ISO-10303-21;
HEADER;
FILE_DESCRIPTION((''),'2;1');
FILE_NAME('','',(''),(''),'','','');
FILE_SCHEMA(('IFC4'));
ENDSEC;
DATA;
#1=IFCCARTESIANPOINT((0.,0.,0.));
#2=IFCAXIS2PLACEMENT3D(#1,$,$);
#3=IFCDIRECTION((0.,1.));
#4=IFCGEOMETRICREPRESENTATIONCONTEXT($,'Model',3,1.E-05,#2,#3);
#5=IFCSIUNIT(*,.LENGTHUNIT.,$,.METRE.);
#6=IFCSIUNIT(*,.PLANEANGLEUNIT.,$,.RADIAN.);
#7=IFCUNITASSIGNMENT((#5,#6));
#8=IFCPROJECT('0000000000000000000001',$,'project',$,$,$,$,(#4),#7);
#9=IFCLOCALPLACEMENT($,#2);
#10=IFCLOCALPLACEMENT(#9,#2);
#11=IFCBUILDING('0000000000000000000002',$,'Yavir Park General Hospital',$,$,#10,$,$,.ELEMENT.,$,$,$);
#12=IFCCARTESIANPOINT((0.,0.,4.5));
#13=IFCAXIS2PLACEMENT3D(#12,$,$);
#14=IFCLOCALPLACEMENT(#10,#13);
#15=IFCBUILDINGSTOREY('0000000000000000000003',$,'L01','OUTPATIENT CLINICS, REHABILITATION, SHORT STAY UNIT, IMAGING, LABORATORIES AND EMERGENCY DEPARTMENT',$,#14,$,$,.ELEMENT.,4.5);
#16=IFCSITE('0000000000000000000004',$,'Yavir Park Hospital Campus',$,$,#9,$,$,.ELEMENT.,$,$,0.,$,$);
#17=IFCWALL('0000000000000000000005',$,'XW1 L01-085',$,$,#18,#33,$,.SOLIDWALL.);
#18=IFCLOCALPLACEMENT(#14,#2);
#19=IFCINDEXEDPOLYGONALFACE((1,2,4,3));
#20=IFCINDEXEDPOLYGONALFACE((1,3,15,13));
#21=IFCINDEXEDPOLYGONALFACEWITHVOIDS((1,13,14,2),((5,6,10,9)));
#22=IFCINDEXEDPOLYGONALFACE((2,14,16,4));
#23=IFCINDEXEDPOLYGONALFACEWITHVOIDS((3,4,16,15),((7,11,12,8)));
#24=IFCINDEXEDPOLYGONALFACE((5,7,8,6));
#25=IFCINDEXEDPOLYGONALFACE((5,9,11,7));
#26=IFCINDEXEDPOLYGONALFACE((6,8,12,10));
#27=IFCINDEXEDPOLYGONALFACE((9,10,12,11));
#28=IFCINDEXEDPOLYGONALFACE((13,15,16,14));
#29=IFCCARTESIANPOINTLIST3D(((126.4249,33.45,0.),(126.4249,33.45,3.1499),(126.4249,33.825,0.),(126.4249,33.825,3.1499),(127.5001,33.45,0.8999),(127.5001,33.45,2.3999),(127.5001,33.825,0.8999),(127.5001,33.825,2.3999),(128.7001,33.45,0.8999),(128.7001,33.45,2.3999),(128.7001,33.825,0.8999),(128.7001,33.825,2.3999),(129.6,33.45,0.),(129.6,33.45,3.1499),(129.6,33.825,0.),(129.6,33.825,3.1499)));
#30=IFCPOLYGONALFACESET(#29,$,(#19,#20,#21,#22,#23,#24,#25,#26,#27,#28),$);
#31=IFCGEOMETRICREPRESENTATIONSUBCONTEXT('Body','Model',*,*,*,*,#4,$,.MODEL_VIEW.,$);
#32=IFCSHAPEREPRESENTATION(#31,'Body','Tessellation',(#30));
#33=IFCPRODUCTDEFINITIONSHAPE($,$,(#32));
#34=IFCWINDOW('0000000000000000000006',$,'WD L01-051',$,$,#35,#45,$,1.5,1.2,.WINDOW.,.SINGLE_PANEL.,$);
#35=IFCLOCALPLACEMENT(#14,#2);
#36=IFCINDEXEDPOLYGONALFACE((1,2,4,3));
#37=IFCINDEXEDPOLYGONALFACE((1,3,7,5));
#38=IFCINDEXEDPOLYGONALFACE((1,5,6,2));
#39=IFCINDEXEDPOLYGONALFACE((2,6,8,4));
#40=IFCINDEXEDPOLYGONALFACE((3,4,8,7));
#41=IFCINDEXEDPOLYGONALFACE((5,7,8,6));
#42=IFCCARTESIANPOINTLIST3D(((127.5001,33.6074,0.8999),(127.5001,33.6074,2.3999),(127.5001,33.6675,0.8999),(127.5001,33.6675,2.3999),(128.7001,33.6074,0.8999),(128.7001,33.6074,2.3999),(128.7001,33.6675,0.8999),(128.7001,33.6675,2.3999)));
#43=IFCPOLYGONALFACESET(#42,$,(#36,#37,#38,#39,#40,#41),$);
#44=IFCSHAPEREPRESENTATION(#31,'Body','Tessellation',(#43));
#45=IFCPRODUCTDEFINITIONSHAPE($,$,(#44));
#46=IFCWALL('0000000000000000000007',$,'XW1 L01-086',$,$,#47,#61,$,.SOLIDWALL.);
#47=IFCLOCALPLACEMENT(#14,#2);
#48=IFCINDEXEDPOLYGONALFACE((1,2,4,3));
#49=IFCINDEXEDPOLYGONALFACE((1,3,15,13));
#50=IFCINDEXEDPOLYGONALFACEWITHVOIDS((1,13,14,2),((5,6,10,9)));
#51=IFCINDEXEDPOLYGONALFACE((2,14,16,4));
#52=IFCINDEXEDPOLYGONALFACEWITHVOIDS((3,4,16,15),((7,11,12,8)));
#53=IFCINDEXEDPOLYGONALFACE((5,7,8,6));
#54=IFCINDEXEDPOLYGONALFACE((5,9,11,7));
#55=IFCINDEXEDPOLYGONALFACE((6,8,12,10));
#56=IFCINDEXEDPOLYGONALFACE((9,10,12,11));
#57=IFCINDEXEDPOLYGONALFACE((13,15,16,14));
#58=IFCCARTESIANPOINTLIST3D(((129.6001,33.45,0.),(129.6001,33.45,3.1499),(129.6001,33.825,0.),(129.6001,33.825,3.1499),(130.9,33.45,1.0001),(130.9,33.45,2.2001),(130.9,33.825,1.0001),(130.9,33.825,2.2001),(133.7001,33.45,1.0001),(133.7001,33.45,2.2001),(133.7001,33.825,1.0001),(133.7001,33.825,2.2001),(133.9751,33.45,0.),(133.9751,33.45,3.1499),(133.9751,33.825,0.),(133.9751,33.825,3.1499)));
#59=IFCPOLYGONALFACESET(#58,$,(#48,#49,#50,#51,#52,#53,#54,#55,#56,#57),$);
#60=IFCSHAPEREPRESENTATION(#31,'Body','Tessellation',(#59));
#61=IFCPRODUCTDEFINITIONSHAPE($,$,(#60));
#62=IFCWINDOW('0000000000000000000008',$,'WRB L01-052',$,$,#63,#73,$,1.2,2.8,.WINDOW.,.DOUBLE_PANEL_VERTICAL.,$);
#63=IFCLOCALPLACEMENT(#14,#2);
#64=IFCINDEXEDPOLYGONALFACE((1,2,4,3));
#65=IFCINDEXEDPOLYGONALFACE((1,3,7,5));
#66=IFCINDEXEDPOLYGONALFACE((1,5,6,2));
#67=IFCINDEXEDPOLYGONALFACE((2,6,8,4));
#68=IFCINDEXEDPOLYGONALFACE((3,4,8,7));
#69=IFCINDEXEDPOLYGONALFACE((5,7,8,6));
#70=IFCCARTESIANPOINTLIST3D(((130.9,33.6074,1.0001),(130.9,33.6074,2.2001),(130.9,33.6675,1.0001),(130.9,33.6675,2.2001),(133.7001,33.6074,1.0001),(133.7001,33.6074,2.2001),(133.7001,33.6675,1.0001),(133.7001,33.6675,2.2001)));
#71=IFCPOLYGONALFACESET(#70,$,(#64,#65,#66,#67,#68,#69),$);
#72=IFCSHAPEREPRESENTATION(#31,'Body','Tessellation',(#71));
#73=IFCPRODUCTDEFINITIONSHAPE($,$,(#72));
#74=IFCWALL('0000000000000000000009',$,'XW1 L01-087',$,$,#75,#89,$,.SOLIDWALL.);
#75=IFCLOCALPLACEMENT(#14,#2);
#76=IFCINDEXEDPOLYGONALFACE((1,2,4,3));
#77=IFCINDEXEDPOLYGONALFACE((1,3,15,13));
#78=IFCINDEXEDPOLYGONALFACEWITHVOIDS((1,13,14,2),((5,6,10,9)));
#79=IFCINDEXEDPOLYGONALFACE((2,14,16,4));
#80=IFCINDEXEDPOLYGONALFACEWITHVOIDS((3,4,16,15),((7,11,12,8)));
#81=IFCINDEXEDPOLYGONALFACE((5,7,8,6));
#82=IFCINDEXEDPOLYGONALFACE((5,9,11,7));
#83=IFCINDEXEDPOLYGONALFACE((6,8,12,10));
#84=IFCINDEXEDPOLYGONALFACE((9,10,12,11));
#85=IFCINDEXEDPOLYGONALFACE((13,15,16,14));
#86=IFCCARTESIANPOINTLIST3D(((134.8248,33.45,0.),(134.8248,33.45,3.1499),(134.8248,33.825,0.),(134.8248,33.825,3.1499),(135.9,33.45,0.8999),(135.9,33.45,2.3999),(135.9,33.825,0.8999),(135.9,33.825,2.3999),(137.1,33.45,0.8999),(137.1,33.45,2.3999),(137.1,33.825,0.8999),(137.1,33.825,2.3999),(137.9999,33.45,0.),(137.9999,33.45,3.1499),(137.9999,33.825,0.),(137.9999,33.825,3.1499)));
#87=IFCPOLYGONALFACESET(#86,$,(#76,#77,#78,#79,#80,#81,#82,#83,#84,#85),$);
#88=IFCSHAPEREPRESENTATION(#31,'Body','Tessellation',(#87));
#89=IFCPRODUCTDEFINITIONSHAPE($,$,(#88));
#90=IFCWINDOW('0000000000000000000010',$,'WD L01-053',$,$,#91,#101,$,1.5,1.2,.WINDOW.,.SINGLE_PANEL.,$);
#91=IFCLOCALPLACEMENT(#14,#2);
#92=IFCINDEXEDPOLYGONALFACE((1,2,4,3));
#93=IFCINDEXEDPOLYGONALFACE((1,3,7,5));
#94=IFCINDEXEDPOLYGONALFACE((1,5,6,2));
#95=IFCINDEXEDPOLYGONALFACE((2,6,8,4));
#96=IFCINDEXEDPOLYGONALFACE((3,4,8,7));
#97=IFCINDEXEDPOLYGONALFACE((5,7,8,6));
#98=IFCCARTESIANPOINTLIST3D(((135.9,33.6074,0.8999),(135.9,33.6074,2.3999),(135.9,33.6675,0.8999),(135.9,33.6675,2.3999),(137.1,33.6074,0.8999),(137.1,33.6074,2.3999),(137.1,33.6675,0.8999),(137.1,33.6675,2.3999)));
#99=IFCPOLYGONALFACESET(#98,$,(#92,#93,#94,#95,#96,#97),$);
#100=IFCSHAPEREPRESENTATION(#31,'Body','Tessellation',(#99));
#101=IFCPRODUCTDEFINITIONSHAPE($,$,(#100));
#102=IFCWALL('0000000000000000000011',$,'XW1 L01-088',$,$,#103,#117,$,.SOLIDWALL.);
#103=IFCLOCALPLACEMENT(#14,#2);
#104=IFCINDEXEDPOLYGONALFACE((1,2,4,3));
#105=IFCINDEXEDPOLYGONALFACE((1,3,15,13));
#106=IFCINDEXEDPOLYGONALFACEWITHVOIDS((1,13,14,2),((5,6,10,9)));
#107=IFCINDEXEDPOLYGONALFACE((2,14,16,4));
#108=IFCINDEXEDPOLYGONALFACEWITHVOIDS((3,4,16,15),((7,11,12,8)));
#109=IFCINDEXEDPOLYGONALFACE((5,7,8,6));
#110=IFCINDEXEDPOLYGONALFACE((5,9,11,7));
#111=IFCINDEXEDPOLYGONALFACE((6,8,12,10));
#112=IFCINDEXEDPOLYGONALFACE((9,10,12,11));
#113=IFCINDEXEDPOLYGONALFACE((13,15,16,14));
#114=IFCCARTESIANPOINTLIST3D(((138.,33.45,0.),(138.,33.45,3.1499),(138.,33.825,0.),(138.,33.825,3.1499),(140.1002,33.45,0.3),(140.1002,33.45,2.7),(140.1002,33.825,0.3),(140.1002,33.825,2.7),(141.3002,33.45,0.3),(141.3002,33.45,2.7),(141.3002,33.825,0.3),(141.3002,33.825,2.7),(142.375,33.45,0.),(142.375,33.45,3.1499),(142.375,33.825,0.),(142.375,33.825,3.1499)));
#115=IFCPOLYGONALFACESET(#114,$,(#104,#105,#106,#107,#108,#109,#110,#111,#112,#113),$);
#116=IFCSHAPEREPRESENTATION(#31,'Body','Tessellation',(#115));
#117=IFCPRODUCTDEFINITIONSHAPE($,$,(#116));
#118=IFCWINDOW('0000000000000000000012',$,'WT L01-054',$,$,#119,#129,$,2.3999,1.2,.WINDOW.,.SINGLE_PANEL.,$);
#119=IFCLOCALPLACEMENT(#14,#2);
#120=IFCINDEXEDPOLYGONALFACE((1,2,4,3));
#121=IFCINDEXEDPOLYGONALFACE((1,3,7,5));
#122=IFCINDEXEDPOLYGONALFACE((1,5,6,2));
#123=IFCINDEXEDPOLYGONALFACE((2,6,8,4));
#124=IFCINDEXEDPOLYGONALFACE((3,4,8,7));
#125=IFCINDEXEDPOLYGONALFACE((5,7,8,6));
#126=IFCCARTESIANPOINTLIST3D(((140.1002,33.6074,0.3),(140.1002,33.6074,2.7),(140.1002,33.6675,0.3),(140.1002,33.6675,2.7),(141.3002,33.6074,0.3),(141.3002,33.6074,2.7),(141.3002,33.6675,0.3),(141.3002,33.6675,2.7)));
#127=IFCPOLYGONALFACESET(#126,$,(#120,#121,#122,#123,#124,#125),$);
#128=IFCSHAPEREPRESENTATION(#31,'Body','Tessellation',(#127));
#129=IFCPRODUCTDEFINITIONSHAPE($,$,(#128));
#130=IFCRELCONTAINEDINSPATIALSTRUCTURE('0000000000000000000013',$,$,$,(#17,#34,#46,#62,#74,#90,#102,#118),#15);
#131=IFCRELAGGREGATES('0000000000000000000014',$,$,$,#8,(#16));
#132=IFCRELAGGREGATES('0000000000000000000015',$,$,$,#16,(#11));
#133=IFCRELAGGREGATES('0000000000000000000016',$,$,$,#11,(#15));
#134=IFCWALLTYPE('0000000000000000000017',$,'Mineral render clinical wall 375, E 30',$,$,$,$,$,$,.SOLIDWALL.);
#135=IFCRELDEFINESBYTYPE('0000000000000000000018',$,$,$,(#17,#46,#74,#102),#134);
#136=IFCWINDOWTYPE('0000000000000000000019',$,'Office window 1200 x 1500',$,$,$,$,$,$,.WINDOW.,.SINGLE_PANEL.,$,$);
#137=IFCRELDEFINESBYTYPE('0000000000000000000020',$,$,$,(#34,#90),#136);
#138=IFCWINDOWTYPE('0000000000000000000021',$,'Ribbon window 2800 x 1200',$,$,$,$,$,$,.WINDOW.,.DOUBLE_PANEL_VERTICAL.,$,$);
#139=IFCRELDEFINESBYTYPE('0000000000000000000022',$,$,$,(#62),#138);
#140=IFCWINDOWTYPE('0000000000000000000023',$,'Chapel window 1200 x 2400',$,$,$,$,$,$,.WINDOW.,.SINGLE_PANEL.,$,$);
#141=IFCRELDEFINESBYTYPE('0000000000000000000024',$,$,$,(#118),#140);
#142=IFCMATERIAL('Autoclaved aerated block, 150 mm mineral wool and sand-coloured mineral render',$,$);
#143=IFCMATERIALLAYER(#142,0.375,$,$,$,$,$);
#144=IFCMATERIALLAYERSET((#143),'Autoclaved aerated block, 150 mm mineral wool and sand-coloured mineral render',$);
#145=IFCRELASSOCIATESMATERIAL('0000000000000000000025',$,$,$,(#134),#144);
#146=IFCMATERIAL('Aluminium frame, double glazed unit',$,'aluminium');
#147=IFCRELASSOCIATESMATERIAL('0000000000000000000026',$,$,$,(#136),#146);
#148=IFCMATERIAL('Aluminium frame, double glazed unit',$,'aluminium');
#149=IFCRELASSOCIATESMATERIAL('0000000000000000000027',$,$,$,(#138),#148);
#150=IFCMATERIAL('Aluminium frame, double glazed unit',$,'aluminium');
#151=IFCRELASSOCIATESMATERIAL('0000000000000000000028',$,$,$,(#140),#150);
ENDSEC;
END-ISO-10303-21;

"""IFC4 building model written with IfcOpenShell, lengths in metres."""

from ifc_helpers import new_model, si_unit, direction, frame, frame_2d, origin, place, context, subcontext, project, spatial, rectangle, extrude, material, layer, layer_set, type_object, element, fill, save


model = new_model("IFC4")

# Units and contexts
model_context = context("Model", 3, precision=1e-05, world=origin(), true_north=direction((0.0, 1.0)))
body_context = subcontext(model_context, "Body", "Model", "MODEL_VIEW")
ifc_project = project(units=[si_unit("LENGTHUNIT", "METRE"), si_unit("PLANEANGLEUNIT", "RADIAN")], contexts=[model_context])

# Site, building, storey
site_placement = place(None, origin())
site = spatial("IfcSite", under=ifc_project, at=site_placement, Name="Yavir Park Hospital Campus", CompositionType="ELEMENT", RefElevation=0.0)
building_placement = place(site_placement, origin())
building = spatial("IfcBuilding", under=site, at=building_placement, Name="Yavir Park General Hospital", CompositionType="ELEMENT")
storey_placement = place(building_placement, frame((0.0, 0.0, 4.5)))
storey = spatial("IfcBuildingStorey", under=building, at=storey_placement, Name="L01", Description="OUTPATIENT CLINICS, REHABILITATION, SHORT STAY UNIT, IMAGING, LABORATORIES AND EMERGENCY DEPARTMENT", CompositionType="ELEMENT", Elevation=4.5)

# Walls, openings, windows
ifc_material_1 = material(Name="Autoclaved aerated block, 150 mm mineral wool and sand-coloured mineral render")
ifc_layer_1 = layer(ifc_material_1, 0.375)
ifc_layer_set_1 = layer_set([ifc_layer_1], Name="Autoclaved aerated block, 150 mm mineral wool and sand-coloured mineral render")
wall_type_1 = type_object("IfcWallType", Name="Mineral render clinical wall 375, E 30", PredefinedType="SOLIDWALL", material=ifc_layer_set_1)
wall_1_placement = place(storey_placement, frame((126.425, 33.6375, 0.0), z_axis=(0.0, 0.0, 1.0), x_axis=(1.0, 0.0, 0.0)))
wall_1 = element("IfcWall", 1, at=wall_1_placement, inside=storey, type_object=wall_type_1, Name="XW1 L01-085", PredefinedType="SOLIDWALL", context=body_context, shape_type="SweptSolid", body=[
    extrude(rectangle(XDim=3.175, YDim=0.375, at=frame_2d((1.5874, 0.0))), origin(), (0.0, 0.0, 1.0), 3.1499),
])
opening_1_placement = place(wall_1_placement, frame((1.075, 0.0, 0.8999)))
opening_1 = element("IfcOpeningElement", 2, at=opening_1_placement, cuts=wall_1, PredefinedType="OPENING", context=body_context, shape_type="SweptSolid", body=[
    extrude(rectangle(XDim=1.2, YDim=1.5, at=frame_2d((0.6001, 0.75))), frame((0.0, 0.1975, 0.0), z_axis=(0.0, -1.0, 0.0), x_axis=(1.0, 0.0, 0.0)), (0.0, 0.0, 1.0), 0.395),
])
ifc_material_2 = material(Name="Aluminium frame, double glazed unit", Category="aluminium")
window_type_1 = type_object("IfcWindowType", Name="Office window 1200 x 1500", PartitioningType="SINGLE_PANEL", PredefinedType="WINDOW", material=ifc_material_2)
window_1_placement = place(opening_1_placement, origin())
window_1 = element("IfcWindow", 3, at=window_1_placement, inside=storey, type_object=window_type_1, Name="WD L01-051", OverallHeight=1.5, OverallWidth=1.2, PartitioningType="SINGLE_PANEL", PredefinedType="WINDOW", context=body_context, shape_type="SweptSolid", body=[
    extrude(rectangle(XDim=1.2, YDim=1.5, at=frame_2d((0.6001, 0.75))), frame((0.0, 0.03, 0.0), z_axis=(0.0, -1.0, 0.0), x_axis=(1.0, 0.0, 0.0)), (0.0, 0.0, 1.0), 0.0601),
])
fill(opening_1, window_1)
wall_2_placement = place(storey_placement, frame((129.6001, 33.6375, 0.0), z_axis=(0.0, 0.0, 1.0), x_axis=(1.0, 0.0, 0.0)))
wall_2 = element("IfcWall", 4, at=wall_2_placement, inside=storey, type_object=wall_type_1, Name="XW1 L01-086", PredefinedType="SOLIDWALL", context=body_context, shape_type="SweptSolid", body=[
    extrude(rectangle(XDim=4.375, YDim=0.375, at=frame_2d((2.1875, 0.0))), origin(), (0.0, 0.0, 1.0), 3.1499),
])
opening_2_placement = place(wall_2_placement, frame((1.3, 0.0, 1.0)))
opening_2 = element("IfcOpeningElement", 5, at=opening_2_placement, cuts=wall_2, PredefinedType="OPENING", context=body_context, shape_type="SweptSolid", body=[
    extrude(rectangle(XDim=2.8, YDim=1.2, at=frame_2d((1.3999, 0.6001))), frame((0.0, 0.1975, 0.0), z_axis=(0.0, -1.0, 0.0), x_axis=(1.0, 0.0, 0.0)), (0.0, 0.0, 1.0), 0.395),
])
ifc_material_3 = material(Name="Aluminium frame, double glazed unit", Category="aluminium")
window_type_2 = type_object("IfcWindowType", Name="Ribbon window 2800 x 1200", PartitioningType="DOUBLE_PANEL_VERTICAL", PredefinedType="WINDOW", material=ifc_material_3)
window_2_placement = place(opening_2_placement, origin())
window_2 = element("IfcWindow", 6, at=window_2_placement, inside=storey, type_object=window_type_2, Name="WRB L01-052", OverallHeight=1.2, OverallWidth=2.8, PartitioningType="DOUBLE_PANEL_VERTICAL", PredefinedType="WINDOW", context=body_context, shape_type="SweptSolid", body=[
    extrude(rectangle(XDim=2.8, YDim=1.2, at=frame_2d((1.3999, 0.6001))), frame((0.0, 0.03, 0.0), z_axis=(0.0, -1.0, 0.0), x_axis=(1.0, 0.0, 0.0)), (0.0, 0.0, 1.0), 0.0601),
])
fill(opening_2, window_2)
wall_3_placement = place(storey_placement, frame((134.825, 33.6375, 0.0), z_axis=(0.0, 0.0, 1.0), x_axis=(1.0, 0.0, 0.0)))
wall_3 = element("IfcWall", 7, at=wall_3_placement, inside=storey, type_object=wall_type_1, Name="XW1 L01-087", PredefinedType="SOLIDWALL", context=body_context, shape_type="SweptSolid", body=[
    extrude(rectangle(XDim=3.175, YDim=0.375, at=frame_2d((1.5874, 0.0))), origin(), (0.0, 0.0, 1.0), 3.1499),
])
opening_3_placement = place(wall_3_placement, frame((1.075, 0.0, 0.8999)))
opening_3 = element("IfcOpeningElement", 8, at=opening_3_placement, cuts=wall_3, PredefinedType="OPENING", context=body_context, shape_type="SweptSolid", body=[
    extrude(rectangle(XDim=1.2, YDim=1.5, at=frame_2d((0.6001, 0.75))), frame((0.0, 0.1975, 0.0), z_axis=(0.0, -1.0, 0.0), x_axis=(1.0, 0.0, 0.0)), (0.0, 0.0, 1.0), 0.395),
])
window_3_placement = place(opening_3_placement, origin())
window_3 = element("IfcWindow", 9, at=window_3_placement, inside=storey, type_object=window_type_1, Name="WD L01-053", OverallHeight=1.5, OverallWidth=1.2, PartitioningType="SINGLE_PANEL", PredefinedType="WINDOW", context=body_context, shape_type="SweptSolid", body=[
    extrude(rectangle(XDim=1.2, YDim=1.5, at=frame_2d((0.6001, 0.75))), frame((0.0, 0.03, 0.0), z_axis=(0.0, -1.0, 0.0), x_axis=(1.0, 0.0, 0.0)), (0.0, 0.0, 1.0), 0.0601),
])
fill(opening_3, window_3)
wall_4_placement = place(storey_placement, frame((138.0, 33.6375, 0.0), z_axis=(0.0, 0.0, 1.0), x_axis=(1.0, 0.0, 0.0)))
wall_4 = element("IfcWall", 10, at=wall_4_placement, inside=storey, type_object=wall_type_1, Name="XW1 L01-088", PredefinedType="SOLIDWALL", context=body_context, shape_type="SweptSolid", body=[
    extrude(rectangle(XDim=4.375, YDim=0.375, at=frame_2d((2.1875, 0.0))), origin(), (0.0, 0.0, 1.0), 3.1499),
])
opening_4_placement = place(wall_4_placement, frame((2.1001, 0.0, 0.3)))
opening_4 = element("IfcOpeningElement", 11, at=opening_4_placement, cuts=wall_4, PredefinedType="OPENING", context=body_context, shape_type="SweptSolid", body=[
    extrude(rectangle(XDim=1.2, YDim=2.3999, at=frame_2d((0.6001, 1.2))), frame((0.0, 0.1975, 0.0), z_axis=(0.0, -1.0, 0.0), x_axis=(1.0, 0.0, 0.0)), (0.0, 0.0, 1.0), 0.395),
])
ifc_material_4 = material(Name="Aluminium frame, double glazed unit", Category="aluminium")
window_type_3 = type_object("IfcWindowType", Name="Chapel window 1200 x 2400", PartitioningType="SINGLE_PANEL", PredefinedType="WINDOW", material=ifc_material_4)
window_4_placement = place(opening_4_placement, origin())
window_4 = element("IfcWindow", 12, at=window_4_placement, inside=storey, type_object=window_type_3, Name="WT L01-054", OverallHeight=2.3999, OverallWidth=1.2, PartitioningType="SINGLE_PANEL", PredefinedType="WINDOW", context=body_context, shape_type="SweptSolid", body=[
    extrude(rectangle(XDim=1.2, YDim=2.3999, at=frame_2d((0.6001, 1.2))), frame((0.0, 0.03, 0.0), z_axis=(0.0, -1.0, 0.0), x_axis=(1.0, 0.0, 0.0)), (0.0, 0.0, 1.0), 0.0601),
])
fill(opening_4, window_4)

save(model, "model.ifc")
